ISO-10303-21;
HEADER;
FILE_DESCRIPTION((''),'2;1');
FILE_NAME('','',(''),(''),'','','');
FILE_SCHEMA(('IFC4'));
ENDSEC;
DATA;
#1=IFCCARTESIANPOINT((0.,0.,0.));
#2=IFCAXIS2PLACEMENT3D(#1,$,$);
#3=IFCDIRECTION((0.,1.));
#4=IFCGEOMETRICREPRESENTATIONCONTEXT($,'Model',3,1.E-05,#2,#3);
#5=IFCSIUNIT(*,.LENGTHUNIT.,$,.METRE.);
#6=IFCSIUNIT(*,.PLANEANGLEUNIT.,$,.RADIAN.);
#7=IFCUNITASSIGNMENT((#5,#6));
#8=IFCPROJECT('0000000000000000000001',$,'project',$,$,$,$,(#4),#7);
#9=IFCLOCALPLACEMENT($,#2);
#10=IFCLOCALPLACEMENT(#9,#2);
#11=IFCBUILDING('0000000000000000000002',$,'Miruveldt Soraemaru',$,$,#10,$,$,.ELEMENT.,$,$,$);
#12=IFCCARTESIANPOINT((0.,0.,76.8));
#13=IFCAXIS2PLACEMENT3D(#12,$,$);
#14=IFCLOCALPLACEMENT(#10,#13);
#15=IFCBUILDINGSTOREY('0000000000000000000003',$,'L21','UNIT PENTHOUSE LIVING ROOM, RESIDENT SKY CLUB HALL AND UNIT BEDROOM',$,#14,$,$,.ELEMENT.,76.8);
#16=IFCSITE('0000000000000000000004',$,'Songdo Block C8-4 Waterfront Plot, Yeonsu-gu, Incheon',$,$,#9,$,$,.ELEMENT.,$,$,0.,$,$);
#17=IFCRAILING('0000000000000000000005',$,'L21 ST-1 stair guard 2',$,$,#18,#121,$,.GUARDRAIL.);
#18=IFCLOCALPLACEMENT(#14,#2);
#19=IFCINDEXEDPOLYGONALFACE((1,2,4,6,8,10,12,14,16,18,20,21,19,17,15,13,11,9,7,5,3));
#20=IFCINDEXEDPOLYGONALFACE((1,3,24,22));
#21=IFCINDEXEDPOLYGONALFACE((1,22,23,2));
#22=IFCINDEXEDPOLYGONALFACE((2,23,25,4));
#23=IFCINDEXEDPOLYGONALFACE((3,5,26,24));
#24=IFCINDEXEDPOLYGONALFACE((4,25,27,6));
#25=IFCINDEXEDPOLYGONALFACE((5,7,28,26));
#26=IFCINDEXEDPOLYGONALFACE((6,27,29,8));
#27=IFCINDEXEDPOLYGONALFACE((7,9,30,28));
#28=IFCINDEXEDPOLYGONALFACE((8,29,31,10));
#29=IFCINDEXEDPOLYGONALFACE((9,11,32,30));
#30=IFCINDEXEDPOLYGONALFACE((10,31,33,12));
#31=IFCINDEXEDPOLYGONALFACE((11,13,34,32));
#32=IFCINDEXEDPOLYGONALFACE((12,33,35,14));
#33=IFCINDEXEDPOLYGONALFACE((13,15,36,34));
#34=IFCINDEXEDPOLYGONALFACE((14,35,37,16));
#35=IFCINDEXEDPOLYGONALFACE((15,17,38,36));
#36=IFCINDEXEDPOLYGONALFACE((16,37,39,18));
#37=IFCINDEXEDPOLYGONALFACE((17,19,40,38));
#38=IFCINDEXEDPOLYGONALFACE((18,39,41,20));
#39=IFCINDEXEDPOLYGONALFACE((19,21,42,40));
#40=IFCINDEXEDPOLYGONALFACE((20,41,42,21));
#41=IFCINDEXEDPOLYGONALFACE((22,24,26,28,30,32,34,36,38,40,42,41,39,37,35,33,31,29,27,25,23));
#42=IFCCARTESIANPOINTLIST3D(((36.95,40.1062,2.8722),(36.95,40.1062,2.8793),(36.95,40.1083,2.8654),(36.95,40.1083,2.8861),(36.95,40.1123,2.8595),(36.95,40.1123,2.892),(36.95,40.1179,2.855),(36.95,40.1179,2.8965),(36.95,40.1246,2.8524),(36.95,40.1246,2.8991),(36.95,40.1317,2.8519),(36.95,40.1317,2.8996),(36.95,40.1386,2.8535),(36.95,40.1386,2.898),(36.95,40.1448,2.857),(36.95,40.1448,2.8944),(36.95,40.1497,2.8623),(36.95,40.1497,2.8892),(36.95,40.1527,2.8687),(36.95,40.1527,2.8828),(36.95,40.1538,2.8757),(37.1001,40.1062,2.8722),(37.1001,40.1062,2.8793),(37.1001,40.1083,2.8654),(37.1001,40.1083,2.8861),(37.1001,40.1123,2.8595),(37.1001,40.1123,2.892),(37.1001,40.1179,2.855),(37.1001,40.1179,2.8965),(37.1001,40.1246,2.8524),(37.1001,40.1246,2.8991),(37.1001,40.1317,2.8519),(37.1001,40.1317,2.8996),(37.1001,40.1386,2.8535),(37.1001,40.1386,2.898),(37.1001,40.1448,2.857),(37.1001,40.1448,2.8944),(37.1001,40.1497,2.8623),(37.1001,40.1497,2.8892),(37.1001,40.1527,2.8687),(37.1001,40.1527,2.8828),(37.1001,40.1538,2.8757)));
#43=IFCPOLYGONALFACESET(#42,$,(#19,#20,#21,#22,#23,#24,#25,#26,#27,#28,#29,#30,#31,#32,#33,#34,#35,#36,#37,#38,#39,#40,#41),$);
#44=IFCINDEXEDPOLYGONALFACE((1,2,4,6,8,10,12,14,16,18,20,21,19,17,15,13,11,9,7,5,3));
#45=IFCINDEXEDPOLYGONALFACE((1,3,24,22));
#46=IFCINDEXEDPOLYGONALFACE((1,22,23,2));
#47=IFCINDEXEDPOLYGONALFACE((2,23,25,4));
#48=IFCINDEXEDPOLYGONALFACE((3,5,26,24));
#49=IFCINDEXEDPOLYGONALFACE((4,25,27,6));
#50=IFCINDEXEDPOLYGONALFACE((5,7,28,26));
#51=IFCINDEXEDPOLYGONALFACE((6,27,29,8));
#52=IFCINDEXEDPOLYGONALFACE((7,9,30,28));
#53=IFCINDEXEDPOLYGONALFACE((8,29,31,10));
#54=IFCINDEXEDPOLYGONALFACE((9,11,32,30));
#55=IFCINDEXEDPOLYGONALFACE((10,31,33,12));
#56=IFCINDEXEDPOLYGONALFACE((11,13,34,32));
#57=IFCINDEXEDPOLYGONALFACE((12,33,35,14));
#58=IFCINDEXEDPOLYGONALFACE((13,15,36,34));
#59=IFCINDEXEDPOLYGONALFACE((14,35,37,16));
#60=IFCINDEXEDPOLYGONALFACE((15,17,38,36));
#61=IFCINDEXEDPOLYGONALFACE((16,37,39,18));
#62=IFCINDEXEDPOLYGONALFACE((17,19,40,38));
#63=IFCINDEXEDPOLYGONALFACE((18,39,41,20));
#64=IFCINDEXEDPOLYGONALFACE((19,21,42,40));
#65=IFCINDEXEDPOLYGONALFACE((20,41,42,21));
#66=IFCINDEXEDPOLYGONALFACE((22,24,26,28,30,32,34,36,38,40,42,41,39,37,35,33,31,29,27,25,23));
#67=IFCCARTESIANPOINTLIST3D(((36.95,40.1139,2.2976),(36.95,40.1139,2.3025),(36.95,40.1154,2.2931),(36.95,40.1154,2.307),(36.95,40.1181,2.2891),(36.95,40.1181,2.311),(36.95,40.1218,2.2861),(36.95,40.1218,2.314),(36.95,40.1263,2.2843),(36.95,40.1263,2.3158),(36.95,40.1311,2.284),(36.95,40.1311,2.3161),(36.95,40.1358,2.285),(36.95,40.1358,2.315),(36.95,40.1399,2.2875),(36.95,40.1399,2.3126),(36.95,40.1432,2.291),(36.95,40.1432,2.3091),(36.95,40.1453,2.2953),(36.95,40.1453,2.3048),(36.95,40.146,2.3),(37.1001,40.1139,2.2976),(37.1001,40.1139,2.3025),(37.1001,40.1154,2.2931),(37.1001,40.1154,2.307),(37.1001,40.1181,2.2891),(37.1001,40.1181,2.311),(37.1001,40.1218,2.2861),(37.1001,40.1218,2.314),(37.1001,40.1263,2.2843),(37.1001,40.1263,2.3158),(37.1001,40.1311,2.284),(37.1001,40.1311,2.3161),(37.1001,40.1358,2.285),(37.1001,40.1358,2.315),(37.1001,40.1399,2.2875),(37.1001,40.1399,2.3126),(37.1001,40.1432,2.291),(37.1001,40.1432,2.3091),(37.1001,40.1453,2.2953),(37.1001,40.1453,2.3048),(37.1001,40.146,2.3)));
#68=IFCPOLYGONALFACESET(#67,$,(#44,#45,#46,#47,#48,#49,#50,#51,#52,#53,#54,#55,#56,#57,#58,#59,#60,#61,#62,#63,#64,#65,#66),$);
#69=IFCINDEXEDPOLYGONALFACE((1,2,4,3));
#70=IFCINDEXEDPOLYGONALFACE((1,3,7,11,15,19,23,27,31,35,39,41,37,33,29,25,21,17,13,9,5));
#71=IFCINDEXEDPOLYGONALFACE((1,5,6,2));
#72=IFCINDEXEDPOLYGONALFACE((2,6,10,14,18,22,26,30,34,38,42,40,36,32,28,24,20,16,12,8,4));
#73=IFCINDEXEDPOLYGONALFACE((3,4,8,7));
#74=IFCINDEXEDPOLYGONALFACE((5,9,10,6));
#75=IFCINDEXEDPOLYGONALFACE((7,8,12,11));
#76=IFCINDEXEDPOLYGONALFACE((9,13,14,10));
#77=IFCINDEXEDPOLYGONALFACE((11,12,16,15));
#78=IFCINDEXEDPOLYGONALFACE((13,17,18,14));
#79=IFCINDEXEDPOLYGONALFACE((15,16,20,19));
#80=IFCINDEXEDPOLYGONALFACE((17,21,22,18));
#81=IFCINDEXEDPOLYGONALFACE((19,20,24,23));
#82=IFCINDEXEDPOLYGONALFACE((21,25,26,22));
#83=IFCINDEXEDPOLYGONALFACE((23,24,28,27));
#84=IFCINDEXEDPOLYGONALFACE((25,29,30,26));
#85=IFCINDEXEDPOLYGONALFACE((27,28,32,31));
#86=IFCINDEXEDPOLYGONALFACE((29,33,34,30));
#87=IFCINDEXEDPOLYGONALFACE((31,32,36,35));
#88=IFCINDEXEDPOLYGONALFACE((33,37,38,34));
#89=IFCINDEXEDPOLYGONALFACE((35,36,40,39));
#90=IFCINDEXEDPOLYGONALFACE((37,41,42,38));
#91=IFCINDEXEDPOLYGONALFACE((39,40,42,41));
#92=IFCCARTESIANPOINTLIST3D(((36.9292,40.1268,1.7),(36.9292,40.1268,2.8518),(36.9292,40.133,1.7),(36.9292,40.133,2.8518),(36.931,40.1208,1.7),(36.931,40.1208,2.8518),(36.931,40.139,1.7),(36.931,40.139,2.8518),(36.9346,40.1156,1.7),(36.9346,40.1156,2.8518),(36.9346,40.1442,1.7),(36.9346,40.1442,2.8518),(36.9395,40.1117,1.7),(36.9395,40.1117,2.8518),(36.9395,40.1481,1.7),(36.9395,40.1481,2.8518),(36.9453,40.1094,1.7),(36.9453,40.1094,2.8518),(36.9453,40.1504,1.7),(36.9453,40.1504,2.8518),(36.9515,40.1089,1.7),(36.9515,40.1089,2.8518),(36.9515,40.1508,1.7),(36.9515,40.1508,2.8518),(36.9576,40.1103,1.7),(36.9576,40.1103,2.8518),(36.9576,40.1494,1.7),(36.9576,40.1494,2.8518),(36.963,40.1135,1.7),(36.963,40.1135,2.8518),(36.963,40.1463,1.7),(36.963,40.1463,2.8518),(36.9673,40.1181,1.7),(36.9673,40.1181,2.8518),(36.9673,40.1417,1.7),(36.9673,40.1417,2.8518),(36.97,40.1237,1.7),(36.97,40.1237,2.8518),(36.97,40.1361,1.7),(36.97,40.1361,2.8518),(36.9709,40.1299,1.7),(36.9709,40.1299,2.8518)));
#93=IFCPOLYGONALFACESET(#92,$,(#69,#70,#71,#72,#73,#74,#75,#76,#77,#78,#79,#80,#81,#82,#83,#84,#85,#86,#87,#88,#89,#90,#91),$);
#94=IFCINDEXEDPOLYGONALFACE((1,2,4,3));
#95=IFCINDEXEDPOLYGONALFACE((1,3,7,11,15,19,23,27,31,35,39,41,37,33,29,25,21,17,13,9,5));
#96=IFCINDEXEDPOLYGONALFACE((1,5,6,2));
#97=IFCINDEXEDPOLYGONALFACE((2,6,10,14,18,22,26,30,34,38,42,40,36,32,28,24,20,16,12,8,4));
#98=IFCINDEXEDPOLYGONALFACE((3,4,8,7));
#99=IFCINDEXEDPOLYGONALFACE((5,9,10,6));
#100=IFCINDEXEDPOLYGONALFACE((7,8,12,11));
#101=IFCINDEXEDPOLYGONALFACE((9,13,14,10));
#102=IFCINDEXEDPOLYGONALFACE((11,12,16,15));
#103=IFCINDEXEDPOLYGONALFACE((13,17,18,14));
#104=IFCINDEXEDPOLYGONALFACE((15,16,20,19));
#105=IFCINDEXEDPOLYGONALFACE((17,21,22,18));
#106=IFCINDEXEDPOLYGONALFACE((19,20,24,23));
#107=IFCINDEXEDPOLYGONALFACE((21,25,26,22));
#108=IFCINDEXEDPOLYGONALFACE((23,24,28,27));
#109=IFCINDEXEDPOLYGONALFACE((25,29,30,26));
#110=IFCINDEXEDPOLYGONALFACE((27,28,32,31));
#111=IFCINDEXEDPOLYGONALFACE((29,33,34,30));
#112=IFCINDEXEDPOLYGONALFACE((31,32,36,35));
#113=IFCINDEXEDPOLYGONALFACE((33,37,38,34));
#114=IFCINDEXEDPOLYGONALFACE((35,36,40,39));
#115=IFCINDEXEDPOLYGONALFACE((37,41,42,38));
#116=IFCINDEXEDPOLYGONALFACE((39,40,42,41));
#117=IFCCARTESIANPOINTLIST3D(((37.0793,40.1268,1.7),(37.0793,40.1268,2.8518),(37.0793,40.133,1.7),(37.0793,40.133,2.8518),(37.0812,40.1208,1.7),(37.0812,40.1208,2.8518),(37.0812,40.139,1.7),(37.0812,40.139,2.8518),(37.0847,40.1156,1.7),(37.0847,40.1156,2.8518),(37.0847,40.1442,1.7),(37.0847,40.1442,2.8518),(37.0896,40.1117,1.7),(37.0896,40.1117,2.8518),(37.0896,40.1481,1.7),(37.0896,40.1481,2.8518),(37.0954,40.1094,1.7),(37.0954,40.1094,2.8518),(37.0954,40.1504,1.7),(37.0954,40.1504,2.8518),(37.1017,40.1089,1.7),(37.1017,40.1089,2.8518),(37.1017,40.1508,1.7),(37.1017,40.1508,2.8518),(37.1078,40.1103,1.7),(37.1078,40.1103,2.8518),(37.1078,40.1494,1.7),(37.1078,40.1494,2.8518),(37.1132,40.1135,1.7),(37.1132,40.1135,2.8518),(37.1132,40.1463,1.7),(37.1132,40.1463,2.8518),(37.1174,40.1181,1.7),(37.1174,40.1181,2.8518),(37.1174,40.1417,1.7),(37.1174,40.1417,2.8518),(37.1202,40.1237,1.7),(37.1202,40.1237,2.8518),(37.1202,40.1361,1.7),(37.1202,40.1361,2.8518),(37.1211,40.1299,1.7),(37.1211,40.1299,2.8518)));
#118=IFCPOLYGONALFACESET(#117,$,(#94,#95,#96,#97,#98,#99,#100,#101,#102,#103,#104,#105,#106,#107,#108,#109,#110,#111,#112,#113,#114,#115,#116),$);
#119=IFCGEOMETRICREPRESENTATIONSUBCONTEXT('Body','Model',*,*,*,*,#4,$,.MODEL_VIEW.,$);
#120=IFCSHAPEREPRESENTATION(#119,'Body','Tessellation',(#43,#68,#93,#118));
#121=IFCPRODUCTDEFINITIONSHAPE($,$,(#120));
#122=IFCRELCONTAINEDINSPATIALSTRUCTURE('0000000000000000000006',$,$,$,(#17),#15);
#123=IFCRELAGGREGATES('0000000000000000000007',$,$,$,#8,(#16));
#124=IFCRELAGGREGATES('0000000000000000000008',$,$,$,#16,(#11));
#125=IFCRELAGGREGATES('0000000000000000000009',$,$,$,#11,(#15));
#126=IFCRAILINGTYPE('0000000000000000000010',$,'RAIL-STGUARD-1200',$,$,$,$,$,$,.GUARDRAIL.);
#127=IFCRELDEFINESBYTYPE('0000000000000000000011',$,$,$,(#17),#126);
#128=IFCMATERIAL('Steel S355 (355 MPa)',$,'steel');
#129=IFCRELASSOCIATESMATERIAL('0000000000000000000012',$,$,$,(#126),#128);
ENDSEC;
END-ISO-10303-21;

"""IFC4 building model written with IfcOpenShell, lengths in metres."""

from ifc_helpers import new_model, si_unit, direction, frame, origin, origin_2d, place, context, subcontext, project, spatial, circle, extrude, material, type_object, element, save


model = new_model("IFC4")

# Units and contexts
model_context = context("Model", 3, precision=1e-05, world=origin(), true_north=direction((0.0, 1.0)))
body_context = subcontext(model_context, "Body", "Model", "MODEL_VIEW")
ifc_project = project(units=[si_unit("LENGTHUNIT", "METRE"), si_unit("PLANEANGLEUNIT", "RADIAN")], contexts=[model_context])

# Site, building, storey
site_placement = place(None, origin())
site = spatial("IfcSite", under=ifc_project, at=site_placement, Name="Songdo Block C8-4 Waterfront Plot, Yeonsu-gu, Incheon", CompositionType="ELEMENT", RefElevation=0.0)
building_placement = place(site_placement, origin())
building = spatial("IfcBuilding", under=site, at=building_placement, Name="Miruveldt Soraemaru", CompositionType="ELEMENT")
storey_placement = place(building_placement, frame((0.0, 0.0, 76.8)))
storey = spatial("IfcBuildingStorey", under=building, at=storey_placement, Name="L21", Description="UNIT PENTHOUSE LIVING ROOM, RESIDENT SKY CLUB HALL AND UNIT BEDROOM", CompositionType="ELEMENT", Elevation=76.8)

# Railing
ifc_material_1 = material(Name="Steel S355 (355 MPa)", Category="steel")
railing_type_1 = type_object("IfcRailingType", Name="RAIL-STGUARD-1200", PredefinedType="GUARDRAIL", material=ifc_material_1)
railing_1_placement = place(storey_placement, frame((36.95, 40.1299, 1.7)))
element("IfcRailing", 1, at=railing_1_placement, inside=storey, type_object=railing_type_1, Name="L21 ST-1 stair guard 2", PredefinedType="GUARDRAIL", context=body_context, shape_type="SweptSolid", body=[
    extrude(circle(Radius=0.0239, at=origin_2d()), frame((0.0, 0.0, 1.1758), z_axis=(1.0, 0.0, 0.0), x_axis=(0.0, 1.0, 0.0)), (0.0, 0.0, 1.0), 0.1501),
    extrude(circle(Radius=0.0161, at=origin_2d()), frame((0.0, 0.0, 0.6001), z_axis=(1.0, 0.0, 0.0), x_axis=(0.0, 1.0, 0.0)), (0.0, 0.0, 1.0), 0.1501),
    extrude(circle(Radius=0.021, at=origin_2d()), origin(), (0.0, 0.0, 1.0), 1.1519),
    extrude(circle(Radius=0.021, at=origin_2d()), frame((0.1501, 0.0, 0.0)), (0.0, 0.0, 1.0), 1.1519),
])

save(model, "model.ifc")
